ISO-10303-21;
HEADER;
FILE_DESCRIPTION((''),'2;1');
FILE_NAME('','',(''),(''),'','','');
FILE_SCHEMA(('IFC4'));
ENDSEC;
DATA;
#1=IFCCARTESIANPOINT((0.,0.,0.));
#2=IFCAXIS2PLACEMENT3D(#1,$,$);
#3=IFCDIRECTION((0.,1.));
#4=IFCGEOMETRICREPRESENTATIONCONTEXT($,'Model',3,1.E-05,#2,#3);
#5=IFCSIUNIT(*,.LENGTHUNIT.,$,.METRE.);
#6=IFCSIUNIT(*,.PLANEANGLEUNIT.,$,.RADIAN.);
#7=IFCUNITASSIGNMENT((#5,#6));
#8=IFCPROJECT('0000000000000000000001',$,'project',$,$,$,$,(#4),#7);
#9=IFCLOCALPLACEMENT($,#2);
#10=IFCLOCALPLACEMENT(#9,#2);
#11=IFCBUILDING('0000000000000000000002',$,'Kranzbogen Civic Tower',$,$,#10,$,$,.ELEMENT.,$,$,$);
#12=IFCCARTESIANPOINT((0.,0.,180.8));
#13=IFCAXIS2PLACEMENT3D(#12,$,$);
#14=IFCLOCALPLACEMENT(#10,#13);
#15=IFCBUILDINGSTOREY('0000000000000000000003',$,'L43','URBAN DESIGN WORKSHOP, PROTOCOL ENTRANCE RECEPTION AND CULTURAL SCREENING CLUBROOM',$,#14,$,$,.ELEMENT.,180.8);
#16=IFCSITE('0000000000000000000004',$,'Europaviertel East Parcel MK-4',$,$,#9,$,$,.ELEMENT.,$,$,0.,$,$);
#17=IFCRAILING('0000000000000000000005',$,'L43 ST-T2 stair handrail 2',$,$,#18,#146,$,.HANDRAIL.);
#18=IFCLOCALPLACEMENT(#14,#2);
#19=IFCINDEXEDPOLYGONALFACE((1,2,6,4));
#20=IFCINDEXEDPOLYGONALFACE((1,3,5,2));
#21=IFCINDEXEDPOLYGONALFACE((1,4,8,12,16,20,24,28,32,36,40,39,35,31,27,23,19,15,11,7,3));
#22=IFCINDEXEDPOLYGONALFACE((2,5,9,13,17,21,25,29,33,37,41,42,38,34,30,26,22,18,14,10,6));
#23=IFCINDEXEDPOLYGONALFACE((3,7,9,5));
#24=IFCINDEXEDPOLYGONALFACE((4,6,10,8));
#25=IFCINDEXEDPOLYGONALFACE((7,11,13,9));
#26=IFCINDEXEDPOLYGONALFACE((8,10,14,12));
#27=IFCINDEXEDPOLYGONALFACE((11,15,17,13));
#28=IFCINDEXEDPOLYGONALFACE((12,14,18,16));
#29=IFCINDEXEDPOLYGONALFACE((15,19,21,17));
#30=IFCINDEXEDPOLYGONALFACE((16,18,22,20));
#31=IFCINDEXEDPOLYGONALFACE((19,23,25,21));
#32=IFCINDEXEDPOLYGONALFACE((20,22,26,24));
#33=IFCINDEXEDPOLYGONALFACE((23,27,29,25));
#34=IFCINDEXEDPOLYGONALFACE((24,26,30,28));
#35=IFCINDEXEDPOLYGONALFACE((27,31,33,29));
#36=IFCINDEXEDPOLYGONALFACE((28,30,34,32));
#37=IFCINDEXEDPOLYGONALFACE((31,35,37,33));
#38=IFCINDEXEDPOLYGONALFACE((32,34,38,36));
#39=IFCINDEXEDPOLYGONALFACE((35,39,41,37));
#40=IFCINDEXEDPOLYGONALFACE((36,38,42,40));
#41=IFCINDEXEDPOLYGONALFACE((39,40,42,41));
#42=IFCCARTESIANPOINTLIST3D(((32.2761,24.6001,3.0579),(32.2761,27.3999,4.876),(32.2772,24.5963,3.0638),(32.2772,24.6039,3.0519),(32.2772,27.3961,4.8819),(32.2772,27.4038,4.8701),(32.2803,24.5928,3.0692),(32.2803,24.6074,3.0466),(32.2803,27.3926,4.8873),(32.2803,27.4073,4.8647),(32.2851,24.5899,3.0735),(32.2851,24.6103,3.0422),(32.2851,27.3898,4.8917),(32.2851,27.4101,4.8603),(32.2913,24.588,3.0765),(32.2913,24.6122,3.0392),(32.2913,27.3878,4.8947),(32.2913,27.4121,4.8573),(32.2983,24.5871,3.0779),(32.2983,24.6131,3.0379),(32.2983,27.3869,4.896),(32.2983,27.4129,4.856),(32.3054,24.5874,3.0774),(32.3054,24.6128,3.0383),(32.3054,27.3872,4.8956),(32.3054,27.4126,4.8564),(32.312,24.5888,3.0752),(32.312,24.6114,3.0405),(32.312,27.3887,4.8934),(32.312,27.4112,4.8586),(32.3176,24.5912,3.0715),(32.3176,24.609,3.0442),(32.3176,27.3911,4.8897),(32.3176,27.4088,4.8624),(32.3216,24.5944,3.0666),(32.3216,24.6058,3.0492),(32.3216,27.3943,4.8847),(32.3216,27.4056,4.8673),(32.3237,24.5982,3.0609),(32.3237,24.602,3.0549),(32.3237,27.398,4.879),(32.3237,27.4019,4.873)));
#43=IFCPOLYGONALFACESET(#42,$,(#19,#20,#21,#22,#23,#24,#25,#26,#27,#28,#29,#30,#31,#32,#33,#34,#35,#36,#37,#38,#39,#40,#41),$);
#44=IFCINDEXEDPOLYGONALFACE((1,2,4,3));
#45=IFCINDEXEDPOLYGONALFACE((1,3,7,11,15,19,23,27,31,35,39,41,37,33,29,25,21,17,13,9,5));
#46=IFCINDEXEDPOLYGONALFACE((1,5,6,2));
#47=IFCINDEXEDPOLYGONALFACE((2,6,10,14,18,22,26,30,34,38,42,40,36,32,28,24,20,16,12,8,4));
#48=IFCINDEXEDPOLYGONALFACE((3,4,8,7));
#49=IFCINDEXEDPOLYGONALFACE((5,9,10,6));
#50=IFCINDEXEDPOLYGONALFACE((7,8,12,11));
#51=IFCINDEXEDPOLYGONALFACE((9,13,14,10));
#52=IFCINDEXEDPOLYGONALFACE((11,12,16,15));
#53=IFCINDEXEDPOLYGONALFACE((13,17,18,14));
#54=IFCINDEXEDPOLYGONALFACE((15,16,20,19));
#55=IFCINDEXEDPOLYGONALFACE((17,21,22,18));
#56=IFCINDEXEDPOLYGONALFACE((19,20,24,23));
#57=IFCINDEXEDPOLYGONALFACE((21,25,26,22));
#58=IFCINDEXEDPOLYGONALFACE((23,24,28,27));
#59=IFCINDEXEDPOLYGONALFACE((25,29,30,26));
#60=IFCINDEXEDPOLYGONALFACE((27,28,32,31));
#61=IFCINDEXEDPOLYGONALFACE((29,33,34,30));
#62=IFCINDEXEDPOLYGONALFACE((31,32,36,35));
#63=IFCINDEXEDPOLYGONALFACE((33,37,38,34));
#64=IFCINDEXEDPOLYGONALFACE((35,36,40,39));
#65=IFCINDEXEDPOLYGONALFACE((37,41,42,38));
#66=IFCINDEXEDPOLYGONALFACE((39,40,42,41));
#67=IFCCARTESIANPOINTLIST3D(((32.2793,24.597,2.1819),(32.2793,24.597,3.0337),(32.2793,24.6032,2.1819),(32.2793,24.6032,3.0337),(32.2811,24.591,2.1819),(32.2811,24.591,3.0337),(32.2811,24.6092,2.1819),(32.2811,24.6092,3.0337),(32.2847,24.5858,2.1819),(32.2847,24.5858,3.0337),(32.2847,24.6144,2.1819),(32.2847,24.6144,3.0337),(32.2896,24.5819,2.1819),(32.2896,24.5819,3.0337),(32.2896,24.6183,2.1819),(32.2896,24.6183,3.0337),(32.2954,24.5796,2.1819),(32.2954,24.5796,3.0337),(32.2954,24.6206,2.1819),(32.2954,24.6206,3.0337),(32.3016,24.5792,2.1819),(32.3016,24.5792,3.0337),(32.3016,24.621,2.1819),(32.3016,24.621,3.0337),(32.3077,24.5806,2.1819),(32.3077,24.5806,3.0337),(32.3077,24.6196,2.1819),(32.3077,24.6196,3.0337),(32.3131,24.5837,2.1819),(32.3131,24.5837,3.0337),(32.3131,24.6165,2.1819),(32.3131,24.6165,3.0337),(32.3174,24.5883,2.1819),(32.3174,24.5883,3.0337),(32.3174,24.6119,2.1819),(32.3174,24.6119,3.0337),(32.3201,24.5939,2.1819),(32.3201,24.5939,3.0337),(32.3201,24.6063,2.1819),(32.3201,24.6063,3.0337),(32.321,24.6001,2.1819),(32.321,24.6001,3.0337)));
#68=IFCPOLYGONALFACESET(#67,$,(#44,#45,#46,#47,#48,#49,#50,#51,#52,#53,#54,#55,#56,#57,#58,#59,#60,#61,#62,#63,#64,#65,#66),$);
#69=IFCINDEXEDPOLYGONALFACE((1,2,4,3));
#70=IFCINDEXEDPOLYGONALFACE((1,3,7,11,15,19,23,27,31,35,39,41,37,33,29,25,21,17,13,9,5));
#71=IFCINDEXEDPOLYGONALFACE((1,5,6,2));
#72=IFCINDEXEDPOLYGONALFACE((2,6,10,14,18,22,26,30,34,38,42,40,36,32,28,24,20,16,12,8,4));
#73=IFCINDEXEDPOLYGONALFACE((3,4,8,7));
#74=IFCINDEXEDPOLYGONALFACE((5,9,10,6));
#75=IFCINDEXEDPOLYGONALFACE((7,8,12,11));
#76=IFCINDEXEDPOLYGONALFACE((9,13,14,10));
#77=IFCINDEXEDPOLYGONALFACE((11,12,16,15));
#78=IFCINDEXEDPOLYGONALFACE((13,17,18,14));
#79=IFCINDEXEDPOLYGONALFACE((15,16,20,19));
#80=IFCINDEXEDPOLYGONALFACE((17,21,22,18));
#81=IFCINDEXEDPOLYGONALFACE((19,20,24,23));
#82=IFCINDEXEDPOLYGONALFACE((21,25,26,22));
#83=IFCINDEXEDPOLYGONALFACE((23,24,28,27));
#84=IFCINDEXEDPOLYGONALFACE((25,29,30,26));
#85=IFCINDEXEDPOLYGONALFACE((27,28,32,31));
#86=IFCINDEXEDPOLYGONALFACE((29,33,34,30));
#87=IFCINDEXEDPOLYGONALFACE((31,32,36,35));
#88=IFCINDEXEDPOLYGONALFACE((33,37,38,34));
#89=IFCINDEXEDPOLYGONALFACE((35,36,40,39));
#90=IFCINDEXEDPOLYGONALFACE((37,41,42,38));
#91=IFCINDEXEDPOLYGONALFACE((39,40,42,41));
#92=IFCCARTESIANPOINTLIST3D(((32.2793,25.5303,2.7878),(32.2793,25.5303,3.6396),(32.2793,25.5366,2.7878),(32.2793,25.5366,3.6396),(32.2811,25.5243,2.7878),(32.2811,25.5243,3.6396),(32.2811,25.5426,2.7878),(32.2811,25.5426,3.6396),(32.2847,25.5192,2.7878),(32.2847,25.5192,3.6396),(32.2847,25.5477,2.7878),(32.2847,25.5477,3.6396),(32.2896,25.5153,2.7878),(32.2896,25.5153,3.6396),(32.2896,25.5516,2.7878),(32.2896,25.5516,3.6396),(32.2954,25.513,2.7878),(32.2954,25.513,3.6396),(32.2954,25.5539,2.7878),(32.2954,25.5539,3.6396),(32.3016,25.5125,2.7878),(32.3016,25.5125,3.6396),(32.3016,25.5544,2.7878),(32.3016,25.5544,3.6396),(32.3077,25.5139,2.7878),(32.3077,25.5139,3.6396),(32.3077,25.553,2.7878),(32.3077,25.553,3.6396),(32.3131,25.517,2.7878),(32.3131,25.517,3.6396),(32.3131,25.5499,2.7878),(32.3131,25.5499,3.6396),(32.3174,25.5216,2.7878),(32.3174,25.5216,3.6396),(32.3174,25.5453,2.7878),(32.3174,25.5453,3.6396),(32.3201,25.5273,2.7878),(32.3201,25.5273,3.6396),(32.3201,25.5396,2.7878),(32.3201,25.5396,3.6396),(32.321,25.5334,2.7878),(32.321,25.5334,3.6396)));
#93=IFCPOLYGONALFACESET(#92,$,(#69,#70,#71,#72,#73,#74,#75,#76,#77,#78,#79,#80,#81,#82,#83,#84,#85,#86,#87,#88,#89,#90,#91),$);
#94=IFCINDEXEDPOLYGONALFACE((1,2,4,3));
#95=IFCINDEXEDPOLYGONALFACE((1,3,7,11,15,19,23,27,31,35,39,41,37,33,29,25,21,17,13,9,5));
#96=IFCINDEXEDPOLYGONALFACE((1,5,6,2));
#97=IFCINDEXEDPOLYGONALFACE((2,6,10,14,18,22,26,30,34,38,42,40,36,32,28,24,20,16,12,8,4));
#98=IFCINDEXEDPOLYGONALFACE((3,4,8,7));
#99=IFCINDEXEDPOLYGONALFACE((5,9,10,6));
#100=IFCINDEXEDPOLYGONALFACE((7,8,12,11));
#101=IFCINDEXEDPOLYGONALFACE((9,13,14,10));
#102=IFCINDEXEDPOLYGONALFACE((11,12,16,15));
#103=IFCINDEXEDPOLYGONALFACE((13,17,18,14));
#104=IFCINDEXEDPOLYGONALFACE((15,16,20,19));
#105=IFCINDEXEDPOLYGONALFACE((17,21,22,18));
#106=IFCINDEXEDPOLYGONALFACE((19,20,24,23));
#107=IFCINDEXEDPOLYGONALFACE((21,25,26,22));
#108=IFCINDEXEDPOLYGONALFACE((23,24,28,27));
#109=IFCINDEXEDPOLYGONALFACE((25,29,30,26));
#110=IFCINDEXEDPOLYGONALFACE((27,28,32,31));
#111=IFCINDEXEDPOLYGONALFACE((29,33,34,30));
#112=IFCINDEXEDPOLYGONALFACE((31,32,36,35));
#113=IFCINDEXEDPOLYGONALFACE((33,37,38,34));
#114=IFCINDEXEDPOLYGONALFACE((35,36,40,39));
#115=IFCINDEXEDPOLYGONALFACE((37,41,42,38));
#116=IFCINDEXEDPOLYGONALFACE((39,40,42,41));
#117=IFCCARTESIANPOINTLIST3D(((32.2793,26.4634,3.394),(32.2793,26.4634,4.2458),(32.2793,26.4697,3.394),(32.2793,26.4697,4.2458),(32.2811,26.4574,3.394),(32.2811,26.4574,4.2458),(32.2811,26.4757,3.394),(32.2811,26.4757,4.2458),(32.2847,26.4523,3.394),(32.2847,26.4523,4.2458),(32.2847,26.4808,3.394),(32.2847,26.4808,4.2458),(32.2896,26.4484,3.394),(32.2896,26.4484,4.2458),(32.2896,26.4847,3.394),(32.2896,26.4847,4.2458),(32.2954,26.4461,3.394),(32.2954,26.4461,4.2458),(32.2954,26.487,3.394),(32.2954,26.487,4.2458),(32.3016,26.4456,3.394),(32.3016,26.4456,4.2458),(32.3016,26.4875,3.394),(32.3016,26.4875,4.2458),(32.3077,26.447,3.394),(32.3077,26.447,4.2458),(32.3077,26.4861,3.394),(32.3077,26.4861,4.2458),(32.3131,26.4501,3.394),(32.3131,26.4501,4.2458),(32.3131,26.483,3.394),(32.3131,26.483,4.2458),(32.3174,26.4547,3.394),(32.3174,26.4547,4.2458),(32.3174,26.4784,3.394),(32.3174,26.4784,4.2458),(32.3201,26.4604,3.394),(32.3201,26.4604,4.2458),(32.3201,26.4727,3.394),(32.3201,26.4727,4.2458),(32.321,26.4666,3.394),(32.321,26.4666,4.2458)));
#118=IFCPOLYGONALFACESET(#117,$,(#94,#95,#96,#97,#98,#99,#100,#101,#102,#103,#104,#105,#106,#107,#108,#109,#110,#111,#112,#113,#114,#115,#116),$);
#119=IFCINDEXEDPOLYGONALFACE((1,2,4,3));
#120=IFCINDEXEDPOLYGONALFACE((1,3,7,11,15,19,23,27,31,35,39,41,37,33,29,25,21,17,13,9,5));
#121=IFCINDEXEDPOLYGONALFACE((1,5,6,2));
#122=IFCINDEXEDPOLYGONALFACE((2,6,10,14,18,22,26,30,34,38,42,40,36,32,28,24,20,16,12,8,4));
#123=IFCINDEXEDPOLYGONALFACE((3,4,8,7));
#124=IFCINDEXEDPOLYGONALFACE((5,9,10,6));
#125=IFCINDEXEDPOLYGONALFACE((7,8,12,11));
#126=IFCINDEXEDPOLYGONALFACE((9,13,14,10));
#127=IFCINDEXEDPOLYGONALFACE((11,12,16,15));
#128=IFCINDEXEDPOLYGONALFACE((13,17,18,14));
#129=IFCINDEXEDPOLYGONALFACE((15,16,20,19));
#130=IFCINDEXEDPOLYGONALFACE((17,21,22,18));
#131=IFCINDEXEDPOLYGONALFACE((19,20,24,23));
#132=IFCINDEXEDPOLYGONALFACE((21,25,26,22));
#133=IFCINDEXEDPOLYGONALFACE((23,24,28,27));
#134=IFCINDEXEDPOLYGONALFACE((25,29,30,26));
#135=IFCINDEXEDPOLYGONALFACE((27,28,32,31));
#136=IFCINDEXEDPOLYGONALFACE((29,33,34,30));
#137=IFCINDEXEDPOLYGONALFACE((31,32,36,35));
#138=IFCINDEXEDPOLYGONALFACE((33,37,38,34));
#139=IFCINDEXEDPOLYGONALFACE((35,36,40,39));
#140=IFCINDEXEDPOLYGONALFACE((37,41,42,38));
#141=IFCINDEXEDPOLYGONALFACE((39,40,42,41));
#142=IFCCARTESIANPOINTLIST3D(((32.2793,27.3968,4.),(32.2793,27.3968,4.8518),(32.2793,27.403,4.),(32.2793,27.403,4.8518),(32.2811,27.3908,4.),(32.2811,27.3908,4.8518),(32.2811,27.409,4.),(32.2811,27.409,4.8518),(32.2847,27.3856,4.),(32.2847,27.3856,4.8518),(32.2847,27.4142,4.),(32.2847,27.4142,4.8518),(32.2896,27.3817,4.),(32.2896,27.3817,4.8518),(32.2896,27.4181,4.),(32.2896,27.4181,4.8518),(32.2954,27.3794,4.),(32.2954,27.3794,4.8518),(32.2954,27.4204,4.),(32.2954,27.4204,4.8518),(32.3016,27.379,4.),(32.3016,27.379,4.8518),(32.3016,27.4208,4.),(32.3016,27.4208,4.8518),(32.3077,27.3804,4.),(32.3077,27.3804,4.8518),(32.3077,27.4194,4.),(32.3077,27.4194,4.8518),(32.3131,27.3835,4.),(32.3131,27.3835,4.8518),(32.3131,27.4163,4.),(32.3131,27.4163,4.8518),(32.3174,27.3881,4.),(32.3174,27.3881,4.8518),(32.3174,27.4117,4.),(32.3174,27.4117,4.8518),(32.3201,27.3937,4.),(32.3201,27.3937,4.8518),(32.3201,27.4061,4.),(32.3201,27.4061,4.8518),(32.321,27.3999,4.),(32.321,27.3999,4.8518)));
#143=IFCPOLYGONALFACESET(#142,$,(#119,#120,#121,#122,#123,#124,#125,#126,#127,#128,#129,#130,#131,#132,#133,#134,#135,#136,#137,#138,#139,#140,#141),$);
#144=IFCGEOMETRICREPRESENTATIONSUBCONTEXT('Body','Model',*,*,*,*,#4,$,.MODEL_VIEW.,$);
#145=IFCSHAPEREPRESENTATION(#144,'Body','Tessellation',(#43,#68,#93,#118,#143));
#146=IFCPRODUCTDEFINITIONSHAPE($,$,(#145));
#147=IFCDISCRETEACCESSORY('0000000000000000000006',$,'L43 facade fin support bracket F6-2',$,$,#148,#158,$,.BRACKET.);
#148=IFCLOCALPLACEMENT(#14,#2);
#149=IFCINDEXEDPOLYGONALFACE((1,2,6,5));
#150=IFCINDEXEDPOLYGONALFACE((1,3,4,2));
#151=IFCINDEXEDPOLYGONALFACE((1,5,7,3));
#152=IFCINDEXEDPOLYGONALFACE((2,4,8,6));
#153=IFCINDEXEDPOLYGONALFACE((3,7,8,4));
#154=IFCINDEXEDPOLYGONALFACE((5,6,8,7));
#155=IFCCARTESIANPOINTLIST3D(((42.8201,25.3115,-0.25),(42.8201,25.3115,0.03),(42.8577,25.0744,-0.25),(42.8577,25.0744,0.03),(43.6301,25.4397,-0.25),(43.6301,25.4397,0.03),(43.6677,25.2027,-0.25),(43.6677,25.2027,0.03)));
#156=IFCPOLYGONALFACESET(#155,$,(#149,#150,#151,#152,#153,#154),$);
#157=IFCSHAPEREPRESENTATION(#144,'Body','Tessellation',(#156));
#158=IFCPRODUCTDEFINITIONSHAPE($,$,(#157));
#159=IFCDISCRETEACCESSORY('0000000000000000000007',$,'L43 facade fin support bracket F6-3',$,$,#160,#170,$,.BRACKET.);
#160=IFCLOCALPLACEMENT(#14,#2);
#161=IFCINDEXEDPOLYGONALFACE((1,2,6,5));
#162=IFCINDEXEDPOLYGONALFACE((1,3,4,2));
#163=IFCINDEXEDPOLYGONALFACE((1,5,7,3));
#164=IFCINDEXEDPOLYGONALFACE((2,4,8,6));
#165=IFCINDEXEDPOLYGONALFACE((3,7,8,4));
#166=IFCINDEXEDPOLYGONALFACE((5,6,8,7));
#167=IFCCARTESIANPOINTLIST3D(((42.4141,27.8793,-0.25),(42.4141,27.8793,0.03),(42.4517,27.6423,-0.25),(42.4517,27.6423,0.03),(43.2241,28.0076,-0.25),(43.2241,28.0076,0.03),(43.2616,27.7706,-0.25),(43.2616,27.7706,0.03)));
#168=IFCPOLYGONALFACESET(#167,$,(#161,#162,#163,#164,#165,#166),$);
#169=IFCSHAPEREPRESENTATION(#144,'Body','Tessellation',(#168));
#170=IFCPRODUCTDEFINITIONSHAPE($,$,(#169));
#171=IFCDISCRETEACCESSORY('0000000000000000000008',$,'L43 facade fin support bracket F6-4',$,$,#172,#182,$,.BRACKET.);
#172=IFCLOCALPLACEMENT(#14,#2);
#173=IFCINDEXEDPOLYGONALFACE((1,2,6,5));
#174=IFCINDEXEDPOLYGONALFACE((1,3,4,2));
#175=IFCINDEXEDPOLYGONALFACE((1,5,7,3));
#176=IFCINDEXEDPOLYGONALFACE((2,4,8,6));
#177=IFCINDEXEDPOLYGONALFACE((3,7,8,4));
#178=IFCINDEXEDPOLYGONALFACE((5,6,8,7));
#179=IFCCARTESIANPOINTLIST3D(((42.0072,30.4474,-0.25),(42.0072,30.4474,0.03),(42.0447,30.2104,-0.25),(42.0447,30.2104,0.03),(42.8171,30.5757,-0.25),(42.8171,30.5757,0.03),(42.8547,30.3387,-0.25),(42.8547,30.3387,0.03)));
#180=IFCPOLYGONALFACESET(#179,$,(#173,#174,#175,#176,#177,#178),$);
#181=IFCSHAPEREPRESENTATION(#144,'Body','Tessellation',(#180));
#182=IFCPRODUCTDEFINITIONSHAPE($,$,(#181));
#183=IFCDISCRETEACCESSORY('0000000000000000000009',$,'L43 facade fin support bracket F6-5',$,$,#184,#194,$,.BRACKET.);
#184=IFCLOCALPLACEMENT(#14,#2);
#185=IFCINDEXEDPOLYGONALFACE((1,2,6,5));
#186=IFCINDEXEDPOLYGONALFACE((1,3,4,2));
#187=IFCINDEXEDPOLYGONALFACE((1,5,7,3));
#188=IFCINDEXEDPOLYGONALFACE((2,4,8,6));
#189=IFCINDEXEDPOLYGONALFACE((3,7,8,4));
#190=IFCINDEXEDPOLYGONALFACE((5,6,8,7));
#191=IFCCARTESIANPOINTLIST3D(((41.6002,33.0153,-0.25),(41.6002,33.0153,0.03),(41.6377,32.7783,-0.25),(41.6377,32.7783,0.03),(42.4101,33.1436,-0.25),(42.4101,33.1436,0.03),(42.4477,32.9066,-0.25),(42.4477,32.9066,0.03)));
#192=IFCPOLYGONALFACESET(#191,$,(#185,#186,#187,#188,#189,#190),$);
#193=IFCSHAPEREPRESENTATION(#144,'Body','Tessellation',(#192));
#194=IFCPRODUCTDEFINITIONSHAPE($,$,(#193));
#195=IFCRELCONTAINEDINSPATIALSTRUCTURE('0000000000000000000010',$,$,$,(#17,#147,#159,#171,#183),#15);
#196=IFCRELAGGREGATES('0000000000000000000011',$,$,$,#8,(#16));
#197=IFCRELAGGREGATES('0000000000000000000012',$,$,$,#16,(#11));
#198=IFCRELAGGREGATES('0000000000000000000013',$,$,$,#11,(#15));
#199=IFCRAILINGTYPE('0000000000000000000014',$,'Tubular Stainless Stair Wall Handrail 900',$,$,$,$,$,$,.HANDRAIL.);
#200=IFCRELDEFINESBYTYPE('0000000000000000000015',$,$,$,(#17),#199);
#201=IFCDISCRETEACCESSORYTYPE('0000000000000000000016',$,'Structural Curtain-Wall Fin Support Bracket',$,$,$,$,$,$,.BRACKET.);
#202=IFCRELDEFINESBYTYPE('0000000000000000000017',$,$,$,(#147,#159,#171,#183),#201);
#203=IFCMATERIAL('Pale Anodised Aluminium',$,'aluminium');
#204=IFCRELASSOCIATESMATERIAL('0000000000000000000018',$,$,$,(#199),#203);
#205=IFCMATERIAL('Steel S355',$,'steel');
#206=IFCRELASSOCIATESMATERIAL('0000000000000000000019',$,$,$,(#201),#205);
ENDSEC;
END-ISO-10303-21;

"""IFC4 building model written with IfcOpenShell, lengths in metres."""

from ifc_helpers import new_model, si_unit, direction, frame, origin, origin_2d, place, context, subcontext, project, spatial, rectangle, circle, extrude, material, type_object, element, save


model = new_model("IFC4")

# Units and contexts
model_context = context("Model", 3, precision=1e-05, world=origin(), true_north=direction((0.0, 1.0)))
body_context = subcontext(model_context, "Body", "Model", "MODEL_VIEW")
ifc_project = project(units=[si_unit("LENGTHUNIT", "METRE"), si_unit("PLANEANGLEUNIT", "RADIAN")], contexts=[model_context])

# Site, building, storey
site_placement = place(None, origin())
site = spatial("IfcSite", under=ifc_project, at=site_placement, Name="Europaviertel East Parcel MK-4", CompositionType="ELEMENT", RefElevation=0.0)
building_placement = place(site_placement, origin())
building = spatial("IfcBuilding", under=site, at=building_placement, Name="Kranzbogen Civic Tower", CompositionType="ELEMENT")
storey_placement = place(building_placement, frame((0.0, 0.0, 180.8)))
storey = spatial("IfcBuildingStorey", under=building, at=storey_placement, Name="L43", Description="URBAN DESIGN WORKSHOP, PROTOCOL ENTRANCE RECEPTION AND CULTURAL SCREENING CLUBROOM", CompositionType="ELEMENT", Elevation=180.8)

# Shared definitions
ifc_material_1 = material(Name="Pale Anodised Aluminium", Category="aluminium")

# Shared definitions
ifc_material_2 = material(Name="Steel S355", Category="steel")

# Railing
railing_type_1 = type_object("IfcRailingType", Name="Tubular Stainless Stair Wall Handrail 900", PredefinedType="HANDRAIL", material=ifc_material_1)
railing_1_placement = place(storey_placement, frame((32.3, 24.6001, 2.1819)))
element("IfcRailing", 1, at=railing_1_placement, inside=storey, type_object=railing_type_1, Name="L43 ST-T2 stair handrail 2", PredefinedType="HANDRAIL", context=body_context, shape_type="SweptSolid", body=[
    extrude(circle(Radius=0.0239, at=origin_2d()), frame((0.0, 0.0, 0.876), z_axis=(0.0, 0.838684, 0.544618), x_axis=(-1.0, 0.0, 0.0)), (0.0, 0.0, 1.0), 3.3384),
    extrude(circle(Radius=0.021, at=origin_2d()), origin(), (0.0, 0.0, 1.0), 0.8518),
    extrude(circle(Radius=0.021, at=origin_2d()), frame((0.0, 0.9333, 0.606)), (0.0, 0.0, 1.0), 0.8518),
    extrude(circle(Radius=0.021, at=origin_2d()), frame((0.0, 1.8665, 1.2122)), (0.0, 0.0, 1.0), 0.8518),
    extrude(circle(Radius=0.021, at=origin_2d()), frame((0.0, 2.7998, 1.8181)), (0.0, 0.0, 1.0), 0.8518),
])

# Discrete accessories
discrete_accessory_type = type_object("IfcDiscreteAccessoryType", Name="Structural Curtain-Wall Fin Support Bracket", PredefinedType="BRACKET", material=ifc_material_2)
for number, where, z_axis, x_axis, name in (
    (2, (43.2439, 25.2571, -0.25), (0.0, 0.0, 1.0), (0.987688, 0.156434, 0.0), "L43 facade fin support bracket F6-2"),
    (3, (42.8379, 27.825, -0.25), (0.0, 0.0, 1.0), (0.987688, 0.156434, 0.0), "L43 facade fin support bracket F6-3"),
    (4, (42.4309, 30.3931, -0.25), (0.0, 0.0, 1.0), (0.987688, 0.156434, 0.0), "L43 facade fin support bracket F6-4"),
    (5, (42.0239, 32.9609, -0.25), (0.0, 0.0, 1.0), (0.987688, 0.156434, 0.0), "L43 facade fin support bracket F6-5"),
):
    element("IfcDiscreteAccessory", number, at=place(storey_placement, frame(where, z_axis=z_axis, x_axis=x_axis)), inside=storey, type_object=discrete_accessory_type, Name=name, PredefinedType="BRACKET", context=body_context, shape_type="SweptSolid", body=[
        extrude(rectangle(XDim=0.8201, YDim=0.24, at=origin_2d()), origin(), (0.0, 0.0, 1.0), 0.28),
    ])

save(model, "model.ifc")
